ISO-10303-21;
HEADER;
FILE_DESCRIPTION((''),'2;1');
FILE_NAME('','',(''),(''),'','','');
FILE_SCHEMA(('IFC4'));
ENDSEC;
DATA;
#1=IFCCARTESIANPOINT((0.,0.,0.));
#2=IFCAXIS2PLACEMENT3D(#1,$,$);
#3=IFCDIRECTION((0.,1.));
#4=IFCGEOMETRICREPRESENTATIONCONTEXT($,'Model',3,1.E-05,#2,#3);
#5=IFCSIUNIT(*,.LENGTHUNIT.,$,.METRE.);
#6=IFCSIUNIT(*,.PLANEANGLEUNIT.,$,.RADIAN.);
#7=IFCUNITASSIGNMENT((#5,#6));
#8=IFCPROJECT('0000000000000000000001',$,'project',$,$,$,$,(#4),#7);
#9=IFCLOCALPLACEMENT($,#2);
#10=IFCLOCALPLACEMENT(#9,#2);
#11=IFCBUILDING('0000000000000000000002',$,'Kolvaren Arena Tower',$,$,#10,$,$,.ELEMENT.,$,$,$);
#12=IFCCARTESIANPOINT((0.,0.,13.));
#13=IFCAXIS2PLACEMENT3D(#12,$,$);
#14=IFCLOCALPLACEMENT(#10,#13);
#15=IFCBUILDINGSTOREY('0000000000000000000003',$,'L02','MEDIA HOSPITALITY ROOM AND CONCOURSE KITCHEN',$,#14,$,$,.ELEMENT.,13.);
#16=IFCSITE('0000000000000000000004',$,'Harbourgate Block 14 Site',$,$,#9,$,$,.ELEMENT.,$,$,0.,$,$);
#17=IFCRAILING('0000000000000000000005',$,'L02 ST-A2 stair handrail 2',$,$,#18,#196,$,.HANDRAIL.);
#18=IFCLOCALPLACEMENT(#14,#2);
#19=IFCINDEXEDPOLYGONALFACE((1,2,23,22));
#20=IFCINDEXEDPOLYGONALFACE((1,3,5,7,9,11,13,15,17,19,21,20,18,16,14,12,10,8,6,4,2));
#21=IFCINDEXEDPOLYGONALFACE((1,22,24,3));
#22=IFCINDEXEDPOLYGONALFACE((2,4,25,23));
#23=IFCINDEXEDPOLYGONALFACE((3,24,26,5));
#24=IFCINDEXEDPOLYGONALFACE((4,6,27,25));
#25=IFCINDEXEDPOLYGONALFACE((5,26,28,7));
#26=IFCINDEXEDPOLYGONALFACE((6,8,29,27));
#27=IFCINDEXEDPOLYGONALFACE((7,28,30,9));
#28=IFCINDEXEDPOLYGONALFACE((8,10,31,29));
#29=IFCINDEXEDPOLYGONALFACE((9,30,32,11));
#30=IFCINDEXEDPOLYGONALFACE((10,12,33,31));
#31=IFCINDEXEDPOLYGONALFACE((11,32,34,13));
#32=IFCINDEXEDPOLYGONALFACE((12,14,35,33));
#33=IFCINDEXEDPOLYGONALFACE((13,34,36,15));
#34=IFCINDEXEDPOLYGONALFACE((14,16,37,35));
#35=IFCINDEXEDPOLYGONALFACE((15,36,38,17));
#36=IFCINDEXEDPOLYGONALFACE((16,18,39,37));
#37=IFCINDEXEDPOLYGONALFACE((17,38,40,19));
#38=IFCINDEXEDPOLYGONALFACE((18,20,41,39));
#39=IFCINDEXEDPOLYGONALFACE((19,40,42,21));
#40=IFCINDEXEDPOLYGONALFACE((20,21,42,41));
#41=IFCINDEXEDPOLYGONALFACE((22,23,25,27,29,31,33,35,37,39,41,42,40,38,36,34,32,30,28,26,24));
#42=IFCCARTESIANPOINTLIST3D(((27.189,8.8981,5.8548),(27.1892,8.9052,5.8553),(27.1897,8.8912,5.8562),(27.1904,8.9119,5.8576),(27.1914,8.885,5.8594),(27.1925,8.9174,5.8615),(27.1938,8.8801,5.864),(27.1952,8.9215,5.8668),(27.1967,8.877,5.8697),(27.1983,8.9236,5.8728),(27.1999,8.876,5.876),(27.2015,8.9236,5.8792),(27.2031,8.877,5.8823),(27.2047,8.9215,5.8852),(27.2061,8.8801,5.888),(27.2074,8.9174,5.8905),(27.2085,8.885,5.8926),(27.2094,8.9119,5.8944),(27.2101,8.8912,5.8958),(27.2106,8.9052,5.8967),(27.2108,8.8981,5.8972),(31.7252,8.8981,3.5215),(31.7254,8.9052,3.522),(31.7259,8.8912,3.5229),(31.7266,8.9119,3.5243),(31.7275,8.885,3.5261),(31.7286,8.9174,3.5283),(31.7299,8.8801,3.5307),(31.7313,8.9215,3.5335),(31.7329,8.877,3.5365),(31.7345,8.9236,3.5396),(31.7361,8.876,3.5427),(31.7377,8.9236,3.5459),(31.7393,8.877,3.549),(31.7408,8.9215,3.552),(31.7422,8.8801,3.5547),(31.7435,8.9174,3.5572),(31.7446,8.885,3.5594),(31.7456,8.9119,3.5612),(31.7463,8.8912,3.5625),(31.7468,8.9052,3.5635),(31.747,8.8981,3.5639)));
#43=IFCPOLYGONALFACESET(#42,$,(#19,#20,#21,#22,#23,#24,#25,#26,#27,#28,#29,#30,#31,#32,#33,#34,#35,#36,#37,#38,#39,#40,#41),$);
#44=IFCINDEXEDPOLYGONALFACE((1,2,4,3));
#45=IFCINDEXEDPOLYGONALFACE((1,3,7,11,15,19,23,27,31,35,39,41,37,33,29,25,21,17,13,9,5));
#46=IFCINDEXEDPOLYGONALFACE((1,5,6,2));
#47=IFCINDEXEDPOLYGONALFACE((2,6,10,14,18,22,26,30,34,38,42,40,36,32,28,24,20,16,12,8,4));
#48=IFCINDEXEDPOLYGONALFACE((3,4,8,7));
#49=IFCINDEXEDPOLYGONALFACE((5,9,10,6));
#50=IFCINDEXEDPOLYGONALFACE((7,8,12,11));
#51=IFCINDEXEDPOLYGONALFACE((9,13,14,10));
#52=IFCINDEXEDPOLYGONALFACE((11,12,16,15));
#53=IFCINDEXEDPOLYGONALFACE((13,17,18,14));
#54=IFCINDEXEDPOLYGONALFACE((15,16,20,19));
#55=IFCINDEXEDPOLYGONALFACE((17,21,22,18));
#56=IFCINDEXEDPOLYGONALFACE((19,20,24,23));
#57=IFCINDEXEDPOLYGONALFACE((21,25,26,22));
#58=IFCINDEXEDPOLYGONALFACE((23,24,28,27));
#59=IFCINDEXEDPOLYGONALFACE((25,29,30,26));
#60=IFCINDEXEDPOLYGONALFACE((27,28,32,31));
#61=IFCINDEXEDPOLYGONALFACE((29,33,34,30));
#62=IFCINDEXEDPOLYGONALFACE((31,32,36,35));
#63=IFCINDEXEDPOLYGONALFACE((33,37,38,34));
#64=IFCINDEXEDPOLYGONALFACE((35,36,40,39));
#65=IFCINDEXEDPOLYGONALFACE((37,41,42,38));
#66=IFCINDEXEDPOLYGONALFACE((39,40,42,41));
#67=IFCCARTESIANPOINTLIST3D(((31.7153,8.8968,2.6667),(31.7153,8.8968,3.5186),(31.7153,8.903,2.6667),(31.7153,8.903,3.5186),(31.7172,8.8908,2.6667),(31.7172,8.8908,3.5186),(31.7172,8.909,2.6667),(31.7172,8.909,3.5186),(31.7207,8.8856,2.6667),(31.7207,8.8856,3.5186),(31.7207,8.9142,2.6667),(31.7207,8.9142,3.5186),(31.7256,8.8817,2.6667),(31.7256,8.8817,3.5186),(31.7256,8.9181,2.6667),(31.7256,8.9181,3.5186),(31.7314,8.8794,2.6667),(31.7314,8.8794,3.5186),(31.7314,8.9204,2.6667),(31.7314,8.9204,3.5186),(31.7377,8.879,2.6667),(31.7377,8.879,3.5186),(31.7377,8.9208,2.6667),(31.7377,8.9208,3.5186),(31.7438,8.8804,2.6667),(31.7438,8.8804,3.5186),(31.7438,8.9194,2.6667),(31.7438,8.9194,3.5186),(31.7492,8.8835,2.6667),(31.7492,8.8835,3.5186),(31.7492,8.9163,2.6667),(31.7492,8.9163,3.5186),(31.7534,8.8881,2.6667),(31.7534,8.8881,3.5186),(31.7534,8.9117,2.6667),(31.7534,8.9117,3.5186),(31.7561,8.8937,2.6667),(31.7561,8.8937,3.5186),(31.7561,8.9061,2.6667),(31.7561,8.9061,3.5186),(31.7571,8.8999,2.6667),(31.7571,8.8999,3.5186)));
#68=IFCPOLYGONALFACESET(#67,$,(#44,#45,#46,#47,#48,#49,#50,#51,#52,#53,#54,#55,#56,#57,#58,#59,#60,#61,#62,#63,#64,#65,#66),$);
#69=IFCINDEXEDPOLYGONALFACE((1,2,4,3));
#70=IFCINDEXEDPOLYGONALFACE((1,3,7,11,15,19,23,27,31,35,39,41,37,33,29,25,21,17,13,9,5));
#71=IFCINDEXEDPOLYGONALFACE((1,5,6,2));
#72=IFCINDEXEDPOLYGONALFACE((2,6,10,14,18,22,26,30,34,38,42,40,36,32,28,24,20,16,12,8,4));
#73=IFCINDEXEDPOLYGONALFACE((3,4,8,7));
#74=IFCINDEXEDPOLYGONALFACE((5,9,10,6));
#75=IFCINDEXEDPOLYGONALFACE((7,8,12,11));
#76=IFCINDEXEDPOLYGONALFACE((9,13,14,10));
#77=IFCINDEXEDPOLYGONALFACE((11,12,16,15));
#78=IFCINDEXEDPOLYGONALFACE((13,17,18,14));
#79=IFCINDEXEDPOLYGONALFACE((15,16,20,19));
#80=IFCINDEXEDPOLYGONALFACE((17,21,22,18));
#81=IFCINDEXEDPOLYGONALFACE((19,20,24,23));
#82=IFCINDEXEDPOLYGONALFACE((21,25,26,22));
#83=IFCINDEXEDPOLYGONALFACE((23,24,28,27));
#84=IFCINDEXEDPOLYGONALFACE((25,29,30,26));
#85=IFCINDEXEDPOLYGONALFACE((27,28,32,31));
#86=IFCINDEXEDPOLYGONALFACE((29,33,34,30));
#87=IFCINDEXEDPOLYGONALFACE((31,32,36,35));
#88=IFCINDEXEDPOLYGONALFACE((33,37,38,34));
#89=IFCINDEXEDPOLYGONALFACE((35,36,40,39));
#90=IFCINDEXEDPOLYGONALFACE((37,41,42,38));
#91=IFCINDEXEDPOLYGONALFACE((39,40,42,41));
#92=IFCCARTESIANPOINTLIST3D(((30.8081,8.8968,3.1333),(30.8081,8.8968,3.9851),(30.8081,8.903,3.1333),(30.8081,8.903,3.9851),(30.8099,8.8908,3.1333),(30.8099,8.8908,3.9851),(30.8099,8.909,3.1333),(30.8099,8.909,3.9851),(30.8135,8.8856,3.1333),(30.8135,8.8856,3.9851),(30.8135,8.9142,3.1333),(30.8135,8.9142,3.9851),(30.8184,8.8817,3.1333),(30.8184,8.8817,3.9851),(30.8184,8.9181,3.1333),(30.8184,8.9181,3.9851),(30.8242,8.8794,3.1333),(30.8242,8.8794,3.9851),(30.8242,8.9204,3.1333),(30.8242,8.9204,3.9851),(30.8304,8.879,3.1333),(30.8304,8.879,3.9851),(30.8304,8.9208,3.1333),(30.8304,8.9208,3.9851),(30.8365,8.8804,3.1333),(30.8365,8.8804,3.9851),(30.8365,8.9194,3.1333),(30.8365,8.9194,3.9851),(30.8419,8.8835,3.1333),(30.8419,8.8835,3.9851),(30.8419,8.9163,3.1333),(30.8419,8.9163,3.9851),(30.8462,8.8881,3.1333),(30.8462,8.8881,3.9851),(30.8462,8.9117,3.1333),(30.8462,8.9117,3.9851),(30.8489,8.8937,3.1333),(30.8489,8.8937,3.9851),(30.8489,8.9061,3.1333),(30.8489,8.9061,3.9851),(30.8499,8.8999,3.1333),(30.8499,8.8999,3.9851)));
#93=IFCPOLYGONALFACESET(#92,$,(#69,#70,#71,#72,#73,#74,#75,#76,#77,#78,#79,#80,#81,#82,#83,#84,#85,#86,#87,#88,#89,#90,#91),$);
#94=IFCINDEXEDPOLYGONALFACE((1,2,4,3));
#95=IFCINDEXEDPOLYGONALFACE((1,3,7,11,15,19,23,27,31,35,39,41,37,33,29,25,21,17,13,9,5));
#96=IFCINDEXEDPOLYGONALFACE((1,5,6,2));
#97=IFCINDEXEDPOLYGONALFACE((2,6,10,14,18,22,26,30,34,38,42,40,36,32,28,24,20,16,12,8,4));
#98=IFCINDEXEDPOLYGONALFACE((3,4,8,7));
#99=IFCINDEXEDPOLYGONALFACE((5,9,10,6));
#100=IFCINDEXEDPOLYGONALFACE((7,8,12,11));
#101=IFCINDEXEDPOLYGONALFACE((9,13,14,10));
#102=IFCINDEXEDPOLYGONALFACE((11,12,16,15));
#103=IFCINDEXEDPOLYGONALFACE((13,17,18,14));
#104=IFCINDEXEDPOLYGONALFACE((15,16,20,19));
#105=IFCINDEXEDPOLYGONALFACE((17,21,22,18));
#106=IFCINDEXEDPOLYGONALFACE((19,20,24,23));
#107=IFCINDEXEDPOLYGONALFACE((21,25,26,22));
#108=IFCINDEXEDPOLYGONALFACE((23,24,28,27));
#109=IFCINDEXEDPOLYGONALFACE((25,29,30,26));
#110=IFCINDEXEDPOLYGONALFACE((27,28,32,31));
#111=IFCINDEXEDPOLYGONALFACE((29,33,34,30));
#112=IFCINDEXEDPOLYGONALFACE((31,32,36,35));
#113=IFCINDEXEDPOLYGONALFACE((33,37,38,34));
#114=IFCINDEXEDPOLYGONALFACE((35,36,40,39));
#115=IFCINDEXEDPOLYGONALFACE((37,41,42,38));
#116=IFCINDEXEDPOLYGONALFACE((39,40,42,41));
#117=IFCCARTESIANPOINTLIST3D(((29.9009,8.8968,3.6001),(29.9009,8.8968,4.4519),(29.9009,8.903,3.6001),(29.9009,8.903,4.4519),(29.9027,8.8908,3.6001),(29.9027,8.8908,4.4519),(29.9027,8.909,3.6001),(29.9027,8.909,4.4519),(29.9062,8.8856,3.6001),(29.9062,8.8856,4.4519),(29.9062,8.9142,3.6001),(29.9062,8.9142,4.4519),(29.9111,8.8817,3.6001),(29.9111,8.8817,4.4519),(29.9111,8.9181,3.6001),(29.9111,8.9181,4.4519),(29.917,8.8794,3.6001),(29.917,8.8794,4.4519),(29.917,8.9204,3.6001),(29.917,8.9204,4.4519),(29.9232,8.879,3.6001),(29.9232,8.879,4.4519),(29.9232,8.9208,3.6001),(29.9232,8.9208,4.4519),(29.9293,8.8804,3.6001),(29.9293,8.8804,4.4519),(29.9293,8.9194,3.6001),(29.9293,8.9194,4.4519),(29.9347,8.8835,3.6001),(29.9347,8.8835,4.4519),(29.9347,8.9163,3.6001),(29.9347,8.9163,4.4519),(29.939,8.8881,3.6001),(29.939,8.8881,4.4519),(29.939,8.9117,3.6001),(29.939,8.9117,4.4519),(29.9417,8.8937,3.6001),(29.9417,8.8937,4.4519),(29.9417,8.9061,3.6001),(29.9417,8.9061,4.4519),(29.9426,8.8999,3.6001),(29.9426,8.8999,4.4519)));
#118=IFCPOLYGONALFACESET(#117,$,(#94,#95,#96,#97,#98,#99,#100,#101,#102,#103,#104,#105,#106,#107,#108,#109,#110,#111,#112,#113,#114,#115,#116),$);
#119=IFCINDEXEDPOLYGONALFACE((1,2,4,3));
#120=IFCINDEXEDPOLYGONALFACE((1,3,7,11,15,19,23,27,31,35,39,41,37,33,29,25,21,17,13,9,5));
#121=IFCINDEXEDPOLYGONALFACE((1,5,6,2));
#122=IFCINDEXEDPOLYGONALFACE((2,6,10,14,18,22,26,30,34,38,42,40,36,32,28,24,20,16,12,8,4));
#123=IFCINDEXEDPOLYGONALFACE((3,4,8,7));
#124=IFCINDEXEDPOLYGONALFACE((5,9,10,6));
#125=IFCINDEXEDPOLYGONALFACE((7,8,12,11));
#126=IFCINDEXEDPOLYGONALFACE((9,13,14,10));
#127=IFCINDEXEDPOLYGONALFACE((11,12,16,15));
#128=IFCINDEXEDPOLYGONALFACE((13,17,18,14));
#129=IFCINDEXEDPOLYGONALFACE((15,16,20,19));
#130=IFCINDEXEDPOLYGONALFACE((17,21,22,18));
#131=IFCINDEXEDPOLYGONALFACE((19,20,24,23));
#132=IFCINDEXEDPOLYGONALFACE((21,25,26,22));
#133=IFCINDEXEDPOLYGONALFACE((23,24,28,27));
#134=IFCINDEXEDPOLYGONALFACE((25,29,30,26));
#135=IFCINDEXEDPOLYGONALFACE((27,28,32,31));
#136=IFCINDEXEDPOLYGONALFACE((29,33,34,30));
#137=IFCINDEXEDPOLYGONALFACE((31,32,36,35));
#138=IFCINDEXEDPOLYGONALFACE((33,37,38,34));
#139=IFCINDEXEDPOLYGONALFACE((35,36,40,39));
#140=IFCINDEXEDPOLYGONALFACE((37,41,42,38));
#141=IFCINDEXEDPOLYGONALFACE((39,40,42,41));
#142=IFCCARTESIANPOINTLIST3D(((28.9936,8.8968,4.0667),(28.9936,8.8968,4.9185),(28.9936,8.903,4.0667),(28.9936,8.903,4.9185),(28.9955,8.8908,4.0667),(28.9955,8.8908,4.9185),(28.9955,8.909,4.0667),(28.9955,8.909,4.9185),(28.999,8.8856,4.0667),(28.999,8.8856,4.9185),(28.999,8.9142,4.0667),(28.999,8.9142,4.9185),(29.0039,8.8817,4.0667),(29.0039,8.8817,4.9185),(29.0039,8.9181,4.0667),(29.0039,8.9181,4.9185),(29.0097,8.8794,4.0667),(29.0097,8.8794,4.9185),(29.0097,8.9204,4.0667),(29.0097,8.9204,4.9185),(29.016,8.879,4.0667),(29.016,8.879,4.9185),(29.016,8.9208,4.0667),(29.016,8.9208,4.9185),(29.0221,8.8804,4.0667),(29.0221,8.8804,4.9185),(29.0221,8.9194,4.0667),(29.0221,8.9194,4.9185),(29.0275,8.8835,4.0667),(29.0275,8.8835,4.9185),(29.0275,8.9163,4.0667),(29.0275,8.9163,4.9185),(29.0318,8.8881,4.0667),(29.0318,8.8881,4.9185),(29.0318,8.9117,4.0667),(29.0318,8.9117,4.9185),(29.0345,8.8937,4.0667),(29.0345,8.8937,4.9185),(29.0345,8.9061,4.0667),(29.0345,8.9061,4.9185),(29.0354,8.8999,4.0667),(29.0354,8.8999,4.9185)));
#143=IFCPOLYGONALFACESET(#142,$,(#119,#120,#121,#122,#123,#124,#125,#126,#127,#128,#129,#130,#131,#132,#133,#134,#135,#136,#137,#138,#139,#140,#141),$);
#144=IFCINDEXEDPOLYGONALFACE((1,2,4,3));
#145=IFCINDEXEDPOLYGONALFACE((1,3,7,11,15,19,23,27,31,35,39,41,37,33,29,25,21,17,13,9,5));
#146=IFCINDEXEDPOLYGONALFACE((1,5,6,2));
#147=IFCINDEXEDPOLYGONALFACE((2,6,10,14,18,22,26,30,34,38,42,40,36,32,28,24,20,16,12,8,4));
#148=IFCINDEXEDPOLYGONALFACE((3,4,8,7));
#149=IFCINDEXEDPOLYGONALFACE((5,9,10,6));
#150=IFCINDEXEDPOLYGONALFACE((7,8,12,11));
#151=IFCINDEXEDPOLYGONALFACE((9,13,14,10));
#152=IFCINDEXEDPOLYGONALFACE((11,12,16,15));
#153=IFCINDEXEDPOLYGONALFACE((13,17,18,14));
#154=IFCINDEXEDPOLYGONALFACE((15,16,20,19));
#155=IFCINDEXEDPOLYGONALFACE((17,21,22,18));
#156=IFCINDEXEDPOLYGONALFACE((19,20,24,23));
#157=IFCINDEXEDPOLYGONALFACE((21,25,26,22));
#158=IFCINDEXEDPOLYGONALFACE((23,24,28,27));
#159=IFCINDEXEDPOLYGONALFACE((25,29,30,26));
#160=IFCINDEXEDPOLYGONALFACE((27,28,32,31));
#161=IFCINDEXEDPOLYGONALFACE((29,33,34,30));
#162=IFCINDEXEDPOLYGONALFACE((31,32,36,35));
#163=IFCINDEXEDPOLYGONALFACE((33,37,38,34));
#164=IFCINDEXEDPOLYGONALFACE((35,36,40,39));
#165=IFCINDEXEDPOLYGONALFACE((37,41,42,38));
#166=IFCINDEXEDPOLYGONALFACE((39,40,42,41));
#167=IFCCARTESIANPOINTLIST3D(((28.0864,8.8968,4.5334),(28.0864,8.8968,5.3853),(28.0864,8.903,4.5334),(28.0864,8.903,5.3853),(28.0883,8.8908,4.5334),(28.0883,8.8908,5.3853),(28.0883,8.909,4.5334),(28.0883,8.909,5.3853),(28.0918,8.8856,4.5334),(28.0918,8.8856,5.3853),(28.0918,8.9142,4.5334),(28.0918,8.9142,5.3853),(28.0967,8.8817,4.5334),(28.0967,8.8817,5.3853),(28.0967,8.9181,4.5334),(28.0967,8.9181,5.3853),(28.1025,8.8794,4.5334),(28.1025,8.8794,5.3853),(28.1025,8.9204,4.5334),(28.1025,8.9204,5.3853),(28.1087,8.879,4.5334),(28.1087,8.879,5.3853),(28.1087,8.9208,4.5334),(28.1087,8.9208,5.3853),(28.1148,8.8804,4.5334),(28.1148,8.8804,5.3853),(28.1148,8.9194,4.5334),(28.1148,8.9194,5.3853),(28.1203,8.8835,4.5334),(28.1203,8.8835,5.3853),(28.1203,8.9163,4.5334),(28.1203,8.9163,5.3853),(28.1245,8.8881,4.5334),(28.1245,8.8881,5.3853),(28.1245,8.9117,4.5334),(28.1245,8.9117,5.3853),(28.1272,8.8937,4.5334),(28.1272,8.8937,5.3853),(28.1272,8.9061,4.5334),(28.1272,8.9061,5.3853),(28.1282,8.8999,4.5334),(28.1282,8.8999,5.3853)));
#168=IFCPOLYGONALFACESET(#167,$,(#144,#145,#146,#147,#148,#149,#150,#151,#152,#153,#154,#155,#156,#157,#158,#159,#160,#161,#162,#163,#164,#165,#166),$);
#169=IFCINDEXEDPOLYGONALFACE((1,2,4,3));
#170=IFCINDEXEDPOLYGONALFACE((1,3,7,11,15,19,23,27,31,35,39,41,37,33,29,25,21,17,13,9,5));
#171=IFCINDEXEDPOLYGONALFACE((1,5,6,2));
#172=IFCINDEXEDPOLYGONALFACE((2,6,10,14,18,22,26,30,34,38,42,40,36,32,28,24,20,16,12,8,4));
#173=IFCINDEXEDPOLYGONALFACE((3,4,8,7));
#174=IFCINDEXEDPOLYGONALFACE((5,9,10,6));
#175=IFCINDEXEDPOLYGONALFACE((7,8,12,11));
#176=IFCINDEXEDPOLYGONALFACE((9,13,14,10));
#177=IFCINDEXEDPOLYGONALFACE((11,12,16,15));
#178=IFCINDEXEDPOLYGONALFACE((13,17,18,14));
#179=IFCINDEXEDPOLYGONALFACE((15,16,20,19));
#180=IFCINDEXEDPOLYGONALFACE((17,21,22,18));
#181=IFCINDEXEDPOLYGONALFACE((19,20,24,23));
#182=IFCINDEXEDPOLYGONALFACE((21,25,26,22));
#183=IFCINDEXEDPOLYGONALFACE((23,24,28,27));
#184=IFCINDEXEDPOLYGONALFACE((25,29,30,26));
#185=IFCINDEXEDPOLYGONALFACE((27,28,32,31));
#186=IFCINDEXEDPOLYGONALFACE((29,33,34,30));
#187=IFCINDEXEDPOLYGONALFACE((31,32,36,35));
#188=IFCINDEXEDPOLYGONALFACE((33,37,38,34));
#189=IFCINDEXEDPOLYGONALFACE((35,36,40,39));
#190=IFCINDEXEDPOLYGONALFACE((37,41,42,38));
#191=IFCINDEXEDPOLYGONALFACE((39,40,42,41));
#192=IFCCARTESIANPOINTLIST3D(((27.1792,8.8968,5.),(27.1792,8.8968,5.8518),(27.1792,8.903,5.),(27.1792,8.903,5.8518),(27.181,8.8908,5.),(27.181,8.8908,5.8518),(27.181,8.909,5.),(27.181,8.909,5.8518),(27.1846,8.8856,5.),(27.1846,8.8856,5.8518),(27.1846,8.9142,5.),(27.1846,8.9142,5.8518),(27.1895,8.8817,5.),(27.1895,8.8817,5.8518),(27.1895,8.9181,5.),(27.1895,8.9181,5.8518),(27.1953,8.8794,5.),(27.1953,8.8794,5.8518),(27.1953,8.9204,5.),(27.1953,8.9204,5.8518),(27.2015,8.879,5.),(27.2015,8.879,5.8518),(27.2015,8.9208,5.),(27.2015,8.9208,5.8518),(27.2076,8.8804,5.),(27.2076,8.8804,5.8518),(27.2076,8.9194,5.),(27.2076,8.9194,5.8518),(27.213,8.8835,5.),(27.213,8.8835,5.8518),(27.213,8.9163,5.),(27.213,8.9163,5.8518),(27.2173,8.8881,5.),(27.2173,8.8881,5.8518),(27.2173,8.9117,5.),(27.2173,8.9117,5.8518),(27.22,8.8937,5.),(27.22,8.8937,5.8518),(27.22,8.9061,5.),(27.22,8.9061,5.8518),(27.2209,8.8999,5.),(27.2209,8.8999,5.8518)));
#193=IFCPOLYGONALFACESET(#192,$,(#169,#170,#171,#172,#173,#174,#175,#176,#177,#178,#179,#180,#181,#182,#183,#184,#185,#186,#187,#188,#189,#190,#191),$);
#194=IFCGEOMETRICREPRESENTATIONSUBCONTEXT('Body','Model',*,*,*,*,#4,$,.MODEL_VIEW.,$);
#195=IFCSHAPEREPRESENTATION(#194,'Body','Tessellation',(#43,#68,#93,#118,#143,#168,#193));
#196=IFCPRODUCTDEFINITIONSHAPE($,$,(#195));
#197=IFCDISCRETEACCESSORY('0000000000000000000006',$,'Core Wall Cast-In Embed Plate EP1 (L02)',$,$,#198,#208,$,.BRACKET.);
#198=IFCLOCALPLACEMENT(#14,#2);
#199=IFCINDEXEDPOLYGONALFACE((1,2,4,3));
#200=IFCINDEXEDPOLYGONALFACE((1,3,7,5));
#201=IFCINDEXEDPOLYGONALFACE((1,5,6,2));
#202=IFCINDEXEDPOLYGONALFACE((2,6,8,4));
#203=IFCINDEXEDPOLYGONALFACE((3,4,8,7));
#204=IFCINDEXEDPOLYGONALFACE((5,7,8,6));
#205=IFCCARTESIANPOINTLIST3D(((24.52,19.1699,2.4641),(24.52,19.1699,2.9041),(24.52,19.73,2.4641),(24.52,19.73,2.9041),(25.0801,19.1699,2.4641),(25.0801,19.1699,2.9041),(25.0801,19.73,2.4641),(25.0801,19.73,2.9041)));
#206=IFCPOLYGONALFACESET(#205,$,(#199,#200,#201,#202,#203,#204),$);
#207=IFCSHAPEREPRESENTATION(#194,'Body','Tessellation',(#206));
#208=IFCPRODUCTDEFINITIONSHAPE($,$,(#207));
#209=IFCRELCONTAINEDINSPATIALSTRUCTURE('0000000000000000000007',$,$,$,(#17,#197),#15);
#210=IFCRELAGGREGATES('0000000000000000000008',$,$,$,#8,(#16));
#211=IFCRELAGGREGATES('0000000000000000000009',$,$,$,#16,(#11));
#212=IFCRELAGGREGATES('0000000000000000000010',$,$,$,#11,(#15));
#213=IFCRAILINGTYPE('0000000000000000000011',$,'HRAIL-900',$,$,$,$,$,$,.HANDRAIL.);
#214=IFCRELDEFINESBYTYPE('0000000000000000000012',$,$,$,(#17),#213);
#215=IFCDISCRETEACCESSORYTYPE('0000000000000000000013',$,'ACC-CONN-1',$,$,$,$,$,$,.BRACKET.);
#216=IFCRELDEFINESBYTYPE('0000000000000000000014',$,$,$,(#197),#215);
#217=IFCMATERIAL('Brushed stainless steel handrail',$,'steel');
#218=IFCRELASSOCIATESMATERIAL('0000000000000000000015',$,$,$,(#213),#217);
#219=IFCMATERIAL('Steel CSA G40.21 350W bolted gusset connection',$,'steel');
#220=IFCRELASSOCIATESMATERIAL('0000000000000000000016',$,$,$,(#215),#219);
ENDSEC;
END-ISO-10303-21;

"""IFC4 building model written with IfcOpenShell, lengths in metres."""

from ifc_helpers import new_model, si_unit, direction, frame, origin, origin_2d, place, context, subcontext, project, spatial, rectangle, circle, extrude, material, type_object, element, save


model = new_model("IFC4")

# Units and contexts
model_context = context("Model", 3, precision=1e-05, world=origin(), true_north=direction((0.0, 1.0)))
body_context = subcontext(model_context, "Body", "Model", "MODEL_VIEW")
ifc_project = project(units=[si_unit("LENGTHUNIT", "METRE"), si_unit("PLANEANGLEUNIT", "RADIAN")], contexts=[model_context])

# Site, building, storey
site_placement = place(None, origin())
site = spatial("IfcSite", under=ifc_project, at=site_placement, Name="Harbourgate Block 14 Site", CompositionType="ELEMENT", RefElevation=0.0)
building_placement = place(site_placement, origin())
building = spatial("IfcBuilding", under=site, at=building_placement, Name="Kolvaren Arena Tower", CompositionType="ELEMENT")
storey_placement = place(building_placement, frame((0.0, 0.0, 13.0)))
storey = spatial("IfcBuildingStorey", under=building, at=storey_placement, Name="L02", Description="MEDIA HOSPITALITY ROOM AND CONCOURSE KITCHEN", CompositionType="ELEMENT", Elevation=13.0)

# Railing
ifc_material_1 = material(Name="Brushed stainless steel handrail", Category="steel")
railing_type_1 = type_object("IfcRailingType", Name="HRAIL-900", PredefinedType="HANDRAIL", material=ifc_material_1)
railing_1_placement = place(storey_placement, frame((31.7361, 8.8999, 2.6667)))
element("IfcRailing", 1, at=railing_1_placement, inside=storey, type_object=railing_type_1, Name="L02 ST-A2 stair handrail 2", PredefinedType="HANDRAIL", context=body_context, shape_type="SweptSolid", body=[
    extrude(circle(Radius=0.0239, at=origin_2d()), frame((0.0, 0.0, 0.876), z_axis=(-0.889257, 0.0, 0.457407), x_axis=(0.0, -1.0, 0.0)), (0.0, 0.0, 1.0), 5.1011),
    extrude(circle(Radius=0.021, at=origin_2d()), origin(), (0.0, 0.0, 1.0), 0.8518),
    extrude(circle(Radius=0.021, at=origin_2d()), frame((-0.9072, 0.0, 0.4666)), (0.0, 0.0, 1.0), 0.8518),
    extrude(circle(Radius=0.021, at=origin_2d()), frame((-1.8145, 0.0, 0.9333)), (0.0, 0.0, 1.0), 0.8518),
    extrude(circle(Radius=0.021, at=origin_2d()), frame((-2.7217, 0.0, 1.3999)), (0.0, 0.0, 1.0), 0.8518),
    extrude(circle(Radius=0.021, at=origin_2d()), frame((-3.6289, 0.0, 1.8667)), (0.0, 0.0, 1.0), 0.8518),
    extrude(circle(Radius=0.021, at=origin_2d()), frame((-4.5361, 0.0, 2.3333)), (0.0, 0.0, 1.0), 0.8518),
])

# Discrete accessory
ifc_material_2 = material(Name="Steel CSA G40.21 350W bolted gusset connection", Category="steel")
discrete_accessory_type = type_object("IfcDiscreteAccessoryType", Name="ACC-CONN-1", PredefinedType="BRACKET", material=ifc_material_2)
discrete_accessory_placement = place(storey_placement, frame((24.8, 19.45, 2.4641), z_axis=(0.0, 0.0, 1.0), x_axis=(1.0, 0.0, 0.0)))
element("IfcDiscreteAccessory", 2, at=discrete_accessory_placement, inside=storey, type_object=discrete_accessory_type, Name="Core Wall Cast-In Embed Plate EP1 (L02)", PredefinedType="BRACKET", context=body_context, shape_type="SweptSolid", body=[
    extrude(rectangle(XDim=0.5601, YDim=0.5601, at=origin_2d()), origin(), (0.0, 0.0, 1.0), 0.4399),
])

save(model, "model.ifc")
